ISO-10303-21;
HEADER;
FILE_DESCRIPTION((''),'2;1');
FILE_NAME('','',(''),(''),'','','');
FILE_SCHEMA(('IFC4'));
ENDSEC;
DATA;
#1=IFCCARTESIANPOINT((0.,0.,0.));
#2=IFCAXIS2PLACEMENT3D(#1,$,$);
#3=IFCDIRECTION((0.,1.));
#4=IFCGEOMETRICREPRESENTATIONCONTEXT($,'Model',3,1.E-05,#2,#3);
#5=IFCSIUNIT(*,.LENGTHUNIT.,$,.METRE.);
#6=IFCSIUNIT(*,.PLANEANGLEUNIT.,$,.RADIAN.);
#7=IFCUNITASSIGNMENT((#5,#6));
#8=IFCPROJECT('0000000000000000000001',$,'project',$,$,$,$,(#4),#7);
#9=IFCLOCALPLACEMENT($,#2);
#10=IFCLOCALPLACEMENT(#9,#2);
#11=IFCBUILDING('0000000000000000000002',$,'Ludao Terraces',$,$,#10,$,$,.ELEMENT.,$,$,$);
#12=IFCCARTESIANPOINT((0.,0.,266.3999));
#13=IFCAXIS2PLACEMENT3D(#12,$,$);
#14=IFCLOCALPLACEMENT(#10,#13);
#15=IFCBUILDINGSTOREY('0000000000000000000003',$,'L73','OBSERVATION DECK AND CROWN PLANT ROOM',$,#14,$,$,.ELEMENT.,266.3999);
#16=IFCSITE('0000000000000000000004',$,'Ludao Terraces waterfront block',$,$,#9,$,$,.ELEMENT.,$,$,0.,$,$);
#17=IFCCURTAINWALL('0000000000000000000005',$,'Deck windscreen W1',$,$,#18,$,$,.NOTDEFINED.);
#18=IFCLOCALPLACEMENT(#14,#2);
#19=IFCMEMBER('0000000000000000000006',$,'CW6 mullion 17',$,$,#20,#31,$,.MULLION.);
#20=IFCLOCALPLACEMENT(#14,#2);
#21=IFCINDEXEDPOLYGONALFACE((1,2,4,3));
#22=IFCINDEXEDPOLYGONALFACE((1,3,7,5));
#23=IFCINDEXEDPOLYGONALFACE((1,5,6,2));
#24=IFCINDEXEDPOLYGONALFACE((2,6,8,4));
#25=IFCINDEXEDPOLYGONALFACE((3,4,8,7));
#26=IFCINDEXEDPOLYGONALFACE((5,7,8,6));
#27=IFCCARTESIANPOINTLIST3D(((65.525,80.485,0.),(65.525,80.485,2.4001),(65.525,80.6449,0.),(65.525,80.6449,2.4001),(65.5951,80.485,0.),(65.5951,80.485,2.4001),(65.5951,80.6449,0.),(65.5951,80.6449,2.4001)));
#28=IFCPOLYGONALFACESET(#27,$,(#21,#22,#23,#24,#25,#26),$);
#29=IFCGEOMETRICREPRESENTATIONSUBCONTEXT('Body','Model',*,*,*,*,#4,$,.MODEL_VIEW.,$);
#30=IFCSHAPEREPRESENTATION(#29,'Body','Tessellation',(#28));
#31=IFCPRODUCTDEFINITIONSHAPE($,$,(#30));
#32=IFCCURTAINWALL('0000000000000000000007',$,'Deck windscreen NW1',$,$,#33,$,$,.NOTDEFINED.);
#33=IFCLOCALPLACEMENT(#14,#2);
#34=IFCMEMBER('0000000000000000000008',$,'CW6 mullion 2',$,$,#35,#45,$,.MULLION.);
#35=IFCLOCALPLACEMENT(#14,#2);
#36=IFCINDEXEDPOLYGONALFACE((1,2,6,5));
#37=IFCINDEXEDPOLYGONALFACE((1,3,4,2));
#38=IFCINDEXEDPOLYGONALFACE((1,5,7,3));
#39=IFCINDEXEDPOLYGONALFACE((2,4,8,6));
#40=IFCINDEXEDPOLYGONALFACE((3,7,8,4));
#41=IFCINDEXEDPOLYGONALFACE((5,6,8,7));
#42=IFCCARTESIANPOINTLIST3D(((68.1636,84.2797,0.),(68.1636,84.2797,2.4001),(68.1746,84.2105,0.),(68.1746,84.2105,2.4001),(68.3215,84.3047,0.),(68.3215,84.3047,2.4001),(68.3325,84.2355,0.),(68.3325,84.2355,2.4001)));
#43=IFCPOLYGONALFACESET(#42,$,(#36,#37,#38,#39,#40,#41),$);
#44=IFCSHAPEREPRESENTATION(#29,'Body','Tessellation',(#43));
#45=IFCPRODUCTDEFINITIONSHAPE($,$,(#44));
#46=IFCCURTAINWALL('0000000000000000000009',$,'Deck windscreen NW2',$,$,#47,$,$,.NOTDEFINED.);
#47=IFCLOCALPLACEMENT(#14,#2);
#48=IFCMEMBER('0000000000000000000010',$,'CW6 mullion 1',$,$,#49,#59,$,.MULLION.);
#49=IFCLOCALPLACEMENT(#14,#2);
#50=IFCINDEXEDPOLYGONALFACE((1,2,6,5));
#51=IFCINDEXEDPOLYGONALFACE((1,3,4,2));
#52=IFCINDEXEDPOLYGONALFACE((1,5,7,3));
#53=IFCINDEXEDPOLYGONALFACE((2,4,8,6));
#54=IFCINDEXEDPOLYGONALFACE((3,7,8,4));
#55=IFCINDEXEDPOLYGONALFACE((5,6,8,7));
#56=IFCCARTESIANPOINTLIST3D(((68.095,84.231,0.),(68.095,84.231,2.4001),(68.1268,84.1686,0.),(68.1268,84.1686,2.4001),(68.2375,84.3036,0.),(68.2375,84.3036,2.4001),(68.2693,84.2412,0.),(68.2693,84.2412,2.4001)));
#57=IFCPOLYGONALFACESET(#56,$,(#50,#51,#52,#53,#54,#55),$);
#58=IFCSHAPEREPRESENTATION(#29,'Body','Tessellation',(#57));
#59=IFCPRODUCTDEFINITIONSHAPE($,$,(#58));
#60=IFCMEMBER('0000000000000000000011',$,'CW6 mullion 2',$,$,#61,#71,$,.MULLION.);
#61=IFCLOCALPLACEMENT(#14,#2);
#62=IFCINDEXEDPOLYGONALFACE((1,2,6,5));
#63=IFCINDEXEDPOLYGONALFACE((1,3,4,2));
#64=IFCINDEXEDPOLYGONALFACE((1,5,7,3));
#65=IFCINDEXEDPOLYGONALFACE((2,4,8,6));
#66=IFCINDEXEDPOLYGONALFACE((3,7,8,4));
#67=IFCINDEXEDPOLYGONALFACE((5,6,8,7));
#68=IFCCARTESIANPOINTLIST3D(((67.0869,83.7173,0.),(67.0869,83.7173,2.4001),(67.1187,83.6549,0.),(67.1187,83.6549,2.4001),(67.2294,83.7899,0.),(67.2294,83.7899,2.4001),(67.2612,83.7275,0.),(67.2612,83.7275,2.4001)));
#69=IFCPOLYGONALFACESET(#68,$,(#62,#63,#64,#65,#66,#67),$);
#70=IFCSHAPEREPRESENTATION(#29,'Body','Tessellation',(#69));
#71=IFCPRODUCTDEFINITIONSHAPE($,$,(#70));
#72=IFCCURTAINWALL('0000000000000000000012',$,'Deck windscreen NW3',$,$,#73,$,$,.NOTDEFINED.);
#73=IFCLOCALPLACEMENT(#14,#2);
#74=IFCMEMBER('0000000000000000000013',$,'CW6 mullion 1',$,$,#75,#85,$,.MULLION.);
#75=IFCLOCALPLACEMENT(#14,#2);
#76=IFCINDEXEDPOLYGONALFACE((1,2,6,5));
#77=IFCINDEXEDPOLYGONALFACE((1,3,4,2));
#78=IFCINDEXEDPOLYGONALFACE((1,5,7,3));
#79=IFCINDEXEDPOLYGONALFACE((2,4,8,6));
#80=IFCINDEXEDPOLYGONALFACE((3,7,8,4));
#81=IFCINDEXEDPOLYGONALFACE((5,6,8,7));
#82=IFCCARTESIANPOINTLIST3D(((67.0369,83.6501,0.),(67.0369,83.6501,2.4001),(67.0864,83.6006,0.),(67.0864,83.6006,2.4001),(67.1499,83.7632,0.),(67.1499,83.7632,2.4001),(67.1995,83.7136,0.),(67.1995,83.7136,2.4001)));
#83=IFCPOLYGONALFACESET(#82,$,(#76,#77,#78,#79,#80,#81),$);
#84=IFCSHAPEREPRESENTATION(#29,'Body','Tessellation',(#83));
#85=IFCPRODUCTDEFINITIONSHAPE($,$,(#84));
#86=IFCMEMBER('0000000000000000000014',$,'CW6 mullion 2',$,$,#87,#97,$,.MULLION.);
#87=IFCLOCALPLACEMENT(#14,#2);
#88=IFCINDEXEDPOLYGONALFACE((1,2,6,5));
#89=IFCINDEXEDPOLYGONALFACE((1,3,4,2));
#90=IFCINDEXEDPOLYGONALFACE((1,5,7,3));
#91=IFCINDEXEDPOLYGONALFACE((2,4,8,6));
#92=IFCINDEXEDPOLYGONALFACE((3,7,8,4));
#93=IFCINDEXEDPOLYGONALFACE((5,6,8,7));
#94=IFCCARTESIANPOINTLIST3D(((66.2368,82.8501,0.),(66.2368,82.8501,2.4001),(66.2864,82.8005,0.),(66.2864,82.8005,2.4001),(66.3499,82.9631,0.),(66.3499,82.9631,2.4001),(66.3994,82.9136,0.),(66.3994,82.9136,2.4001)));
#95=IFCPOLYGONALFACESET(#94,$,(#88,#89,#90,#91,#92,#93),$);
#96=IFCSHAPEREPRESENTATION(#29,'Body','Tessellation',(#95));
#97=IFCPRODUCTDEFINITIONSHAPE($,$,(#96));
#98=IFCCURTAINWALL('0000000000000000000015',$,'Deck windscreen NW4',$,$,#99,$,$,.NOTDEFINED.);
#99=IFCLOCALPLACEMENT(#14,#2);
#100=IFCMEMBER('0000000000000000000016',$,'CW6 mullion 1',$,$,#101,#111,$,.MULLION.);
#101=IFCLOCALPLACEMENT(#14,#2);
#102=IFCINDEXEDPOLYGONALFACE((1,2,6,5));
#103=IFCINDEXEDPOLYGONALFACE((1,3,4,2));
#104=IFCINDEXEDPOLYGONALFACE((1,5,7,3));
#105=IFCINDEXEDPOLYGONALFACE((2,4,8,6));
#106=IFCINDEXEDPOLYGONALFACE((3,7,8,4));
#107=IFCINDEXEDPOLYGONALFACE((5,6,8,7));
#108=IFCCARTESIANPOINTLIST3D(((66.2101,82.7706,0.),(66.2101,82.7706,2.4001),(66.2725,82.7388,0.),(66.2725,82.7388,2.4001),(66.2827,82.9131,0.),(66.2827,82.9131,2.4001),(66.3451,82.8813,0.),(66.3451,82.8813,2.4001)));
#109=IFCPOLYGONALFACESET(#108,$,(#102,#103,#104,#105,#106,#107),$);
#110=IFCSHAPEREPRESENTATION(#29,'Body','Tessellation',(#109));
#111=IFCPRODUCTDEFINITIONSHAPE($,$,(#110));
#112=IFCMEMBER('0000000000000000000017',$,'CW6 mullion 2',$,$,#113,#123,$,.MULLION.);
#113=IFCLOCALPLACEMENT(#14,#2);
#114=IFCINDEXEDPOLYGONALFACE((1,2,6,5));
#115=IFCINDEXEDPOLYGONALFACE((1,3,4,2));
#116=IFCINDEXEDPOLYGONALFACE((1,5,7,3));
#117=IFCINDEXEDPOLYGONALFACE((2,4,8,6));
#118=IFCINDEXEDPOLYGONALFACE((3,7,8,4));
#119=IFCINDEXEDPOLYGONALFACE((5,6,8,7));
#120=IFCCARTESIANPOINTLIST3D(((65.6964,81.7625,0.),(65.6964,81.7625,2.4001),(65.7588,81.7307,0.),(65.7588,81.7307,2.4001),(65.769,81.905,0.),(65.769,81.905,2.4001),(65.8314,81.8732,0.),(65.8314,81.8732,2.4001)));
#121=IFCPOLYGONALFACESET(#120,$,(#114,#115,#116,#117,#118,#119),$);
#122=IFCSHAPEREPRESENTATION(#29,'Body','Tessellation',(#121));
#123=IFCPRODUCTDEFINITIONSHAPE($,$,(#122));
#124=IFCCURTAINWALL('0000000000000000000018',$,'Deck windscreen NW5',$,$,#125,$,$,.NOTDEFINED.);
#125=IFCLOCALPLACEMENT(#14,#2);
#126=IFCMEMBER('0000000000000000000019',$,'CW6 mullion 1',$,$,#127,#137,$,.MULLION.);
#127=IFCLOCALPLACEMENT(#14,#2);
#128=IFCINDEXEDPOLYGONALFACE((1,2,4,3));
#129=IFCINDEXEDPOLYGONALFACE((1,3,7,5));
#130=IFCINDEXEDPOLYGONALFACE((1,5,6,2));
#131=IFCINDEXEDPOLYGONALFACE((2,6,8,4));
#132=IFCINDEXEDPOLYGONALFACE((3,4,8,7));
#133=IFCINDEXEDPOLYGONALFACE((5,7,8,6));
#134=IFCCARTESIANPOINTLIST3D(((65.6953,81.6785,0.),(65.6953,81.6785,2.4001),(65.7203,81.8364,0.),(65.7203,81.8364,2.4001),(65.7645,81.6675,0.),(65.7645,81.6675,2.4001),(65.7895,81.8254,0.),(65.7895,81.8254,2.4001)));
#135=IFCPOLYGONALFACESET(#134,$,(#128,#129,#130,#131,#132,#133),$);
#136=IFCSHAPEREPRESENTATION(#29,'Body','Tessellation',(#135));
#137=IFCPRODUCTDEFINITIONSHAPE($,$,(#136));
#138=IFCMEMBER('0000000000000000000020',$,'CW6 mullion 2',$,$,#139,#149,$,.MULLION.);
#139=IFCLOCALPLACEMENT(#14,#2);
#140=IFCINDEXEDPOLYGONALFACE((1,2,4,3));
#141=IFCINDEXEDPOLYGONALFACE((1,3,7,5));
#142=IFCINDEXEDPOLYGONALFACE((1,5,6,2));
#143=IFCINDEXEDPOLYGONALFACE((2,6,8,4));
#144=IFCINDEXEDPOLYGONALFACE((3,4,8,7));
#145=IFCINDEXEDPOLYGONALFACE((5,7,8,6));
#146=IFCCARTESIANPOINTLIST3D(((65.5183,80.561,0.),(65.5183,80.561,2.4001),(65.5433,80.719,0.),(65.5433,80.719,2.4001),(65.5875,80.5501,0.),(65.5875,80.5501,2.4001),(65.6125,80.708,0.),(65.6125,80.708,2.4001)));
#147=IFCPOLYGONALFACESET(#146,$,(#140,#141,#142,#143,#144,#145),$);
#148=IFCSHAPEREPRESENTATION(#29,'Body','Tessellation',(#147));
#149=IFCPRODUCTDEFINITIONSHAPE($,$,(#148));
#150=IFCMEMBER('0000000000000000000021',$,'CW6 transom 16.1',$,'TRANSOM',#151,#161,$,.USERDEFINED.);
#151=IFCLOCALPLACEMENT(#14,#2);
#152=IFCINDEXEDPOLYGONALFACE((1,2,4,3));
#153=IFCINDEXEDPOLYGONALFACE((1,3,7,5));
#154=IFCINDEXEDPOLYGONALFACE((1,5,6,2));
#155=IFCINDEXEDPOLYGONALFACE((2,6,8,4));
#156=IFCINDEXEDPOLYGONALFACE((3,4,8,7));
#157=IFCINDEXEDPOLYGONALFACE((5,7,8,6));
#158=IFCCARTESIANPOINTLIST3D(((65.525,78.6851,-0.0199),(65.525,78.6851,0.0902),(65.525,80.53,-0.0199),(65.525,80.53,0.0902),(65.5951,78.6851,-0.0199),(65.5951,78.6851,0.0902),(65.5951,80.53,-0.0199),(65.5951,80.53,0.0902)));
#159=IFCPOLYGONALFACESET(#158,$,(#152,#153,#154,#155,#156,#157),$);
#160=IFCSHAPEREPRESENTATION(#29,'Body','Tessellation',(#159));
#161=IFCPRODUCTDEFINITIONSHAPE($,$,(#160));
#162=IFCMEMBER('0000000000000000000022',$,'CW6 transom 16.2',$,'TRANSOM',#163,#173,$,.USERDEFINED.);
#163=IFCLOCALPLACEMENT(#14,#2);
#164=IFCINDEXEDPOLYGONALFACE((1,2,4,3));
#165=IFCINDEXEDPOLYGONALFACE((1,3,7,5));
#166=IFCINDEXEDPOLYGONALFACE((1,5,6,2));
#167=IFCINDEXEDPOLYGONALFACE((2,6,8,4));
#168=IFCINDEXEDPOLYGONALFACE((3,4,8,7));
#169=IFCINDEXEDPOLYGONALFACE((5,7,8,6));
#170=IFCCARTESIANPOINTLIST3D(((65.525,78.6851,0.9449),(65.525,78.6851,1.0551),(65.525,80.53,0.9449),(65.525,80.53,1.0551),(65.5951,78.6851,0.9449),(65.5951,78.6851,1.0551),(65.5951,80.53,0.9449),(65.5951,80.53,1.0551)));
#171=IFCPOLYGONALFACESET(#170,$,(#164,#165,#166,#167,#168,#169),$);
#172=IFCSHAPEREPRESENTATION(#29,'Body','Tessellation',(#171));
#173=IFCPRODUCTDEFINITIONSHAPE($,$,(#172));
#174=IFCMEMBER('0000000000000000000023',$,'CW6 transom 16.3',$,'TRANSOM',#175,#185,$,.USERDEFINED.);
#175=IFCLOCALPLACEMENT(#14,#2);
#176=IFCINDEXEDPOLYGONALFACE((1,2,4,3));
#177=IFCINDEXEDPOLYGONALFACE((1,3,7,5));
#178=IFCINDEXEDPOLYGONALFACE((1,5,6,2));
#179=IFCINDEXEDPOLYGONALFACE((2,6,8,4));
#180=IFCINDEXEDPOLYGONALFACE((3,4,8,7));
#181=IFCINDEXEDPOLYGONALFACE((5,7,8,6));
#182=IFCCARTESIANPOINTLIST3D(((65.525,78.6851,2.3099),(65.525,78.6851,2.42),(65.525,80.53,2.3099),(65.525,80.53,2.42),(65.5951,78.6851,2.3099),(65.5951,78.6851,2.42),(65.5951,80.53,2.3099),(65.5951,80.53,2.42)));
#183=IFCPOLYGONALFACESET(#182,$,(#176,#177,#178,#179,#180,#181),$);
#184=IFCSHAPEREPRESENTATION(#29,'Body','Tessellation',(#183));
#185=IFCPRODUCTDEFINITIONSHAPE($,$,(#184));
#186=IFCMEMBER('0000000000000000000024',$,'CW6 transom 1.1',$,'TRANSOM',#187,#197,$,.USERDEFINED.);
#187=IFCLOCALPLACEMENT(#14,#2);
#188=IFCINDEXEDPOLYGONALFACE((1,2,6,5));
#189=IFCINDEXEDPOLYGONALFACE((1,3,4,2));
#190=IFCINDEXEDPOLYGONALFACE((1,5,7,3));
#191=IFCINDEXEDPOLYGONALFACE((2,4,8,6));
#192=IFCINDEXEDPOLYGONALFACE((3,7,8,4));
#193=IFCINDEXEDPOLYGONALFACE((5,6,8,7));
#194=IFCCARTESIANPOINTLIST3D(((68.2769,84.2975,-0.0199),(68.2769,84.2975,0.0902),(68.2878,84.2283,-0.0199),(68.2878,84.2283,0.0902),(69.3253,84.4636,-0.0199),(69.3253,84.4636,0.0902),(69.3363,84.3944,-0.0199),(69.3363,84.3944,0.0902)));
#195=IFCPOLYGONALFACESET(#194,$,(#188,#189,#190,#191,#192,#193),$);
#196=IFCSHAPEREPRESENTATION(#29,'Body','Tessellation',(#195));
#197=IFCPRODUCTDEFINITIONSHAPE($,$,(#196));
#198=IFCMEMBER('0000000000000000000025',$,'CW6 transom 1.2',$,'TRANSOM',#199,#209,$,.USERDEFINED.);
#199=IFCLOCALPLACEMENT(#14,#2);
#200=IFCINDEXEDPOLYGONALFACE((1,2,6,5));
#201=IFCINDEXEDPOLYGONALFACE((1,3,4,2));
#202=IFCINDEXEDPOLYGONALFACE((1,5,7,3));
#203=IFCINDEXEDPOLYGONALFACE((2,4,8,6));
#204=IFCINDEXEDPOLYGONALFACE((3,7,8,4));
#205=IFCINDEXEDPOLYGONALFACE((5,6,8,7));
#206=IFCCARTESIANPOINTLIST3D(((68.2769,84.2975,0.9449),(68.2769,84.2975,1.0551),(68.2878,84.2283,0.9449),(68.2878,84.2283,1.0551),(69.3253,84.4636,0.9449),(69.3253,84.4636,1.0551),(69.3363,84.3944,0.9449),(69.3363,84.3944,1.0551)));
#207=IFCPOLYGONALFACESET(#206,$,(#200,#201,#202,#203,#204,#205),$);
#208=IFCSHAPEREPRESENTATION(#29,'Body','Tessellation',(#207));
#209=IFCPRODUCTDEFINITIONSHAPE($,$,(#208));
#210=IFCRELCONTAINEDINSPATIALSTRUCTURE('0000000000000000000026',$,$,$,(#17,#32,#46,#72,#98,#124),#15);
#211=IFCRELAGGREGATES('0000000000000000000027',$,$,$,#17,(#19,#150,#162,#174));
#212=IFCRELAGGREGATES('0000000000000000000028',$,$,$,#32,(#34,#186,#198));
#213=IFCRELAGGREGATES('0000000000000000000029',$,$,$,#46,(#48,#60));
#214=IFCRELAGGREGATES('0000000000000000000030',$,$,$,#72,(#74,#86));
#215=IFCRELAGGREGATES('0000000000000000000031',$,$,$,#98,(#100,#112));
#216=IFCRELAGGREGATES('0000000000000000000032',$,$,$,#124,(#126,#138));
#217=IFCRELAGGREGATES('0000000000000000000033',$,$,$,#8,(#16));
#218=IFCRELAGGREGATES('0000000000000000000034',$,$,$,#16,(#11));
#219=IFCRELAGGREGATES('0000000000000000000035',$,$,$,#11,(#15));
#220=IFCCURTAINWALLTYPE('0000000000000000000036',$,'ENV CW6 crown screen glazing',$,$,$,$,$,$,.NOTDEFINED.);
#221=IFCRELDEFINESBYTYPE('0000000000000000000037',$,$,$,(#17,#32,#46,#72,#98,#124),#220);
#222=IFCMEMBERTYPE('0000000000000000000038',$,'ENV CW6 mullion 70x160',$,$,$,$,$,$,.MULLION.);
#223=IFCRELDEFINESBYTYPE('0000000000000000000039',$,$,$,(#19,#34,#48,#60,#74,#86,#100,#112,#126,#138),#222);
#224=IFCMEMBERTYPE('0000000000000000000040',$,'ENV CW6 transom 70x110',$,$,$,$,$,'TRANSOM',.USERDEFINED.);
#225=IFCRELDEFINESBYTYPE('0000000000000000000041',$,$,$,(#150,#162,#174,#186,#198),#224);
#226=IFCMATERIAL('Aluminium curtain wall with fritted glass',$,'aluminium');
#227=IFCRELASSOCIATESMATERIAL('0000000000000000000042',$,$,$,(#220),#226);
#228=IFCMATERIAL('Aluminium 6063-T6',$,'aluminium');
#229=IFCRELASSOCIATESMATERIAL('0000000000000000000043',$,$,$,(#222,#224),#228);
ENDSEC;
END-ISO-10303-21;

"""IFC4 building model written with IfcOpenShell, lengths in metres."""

from ifc_helpers import new_model, si_unit, direction, frame, origin, origin_2d, place, context, subcontext, project, spatial, rectangle, extrude, material, material_profile, profile_set, type_object, element, aggregate, save


model = new_model("IFC4")

# Units and contexts
model_context = context("Model", 3, precision=1e-05, world=origin(), true_north=direction((0.0, 1.0)))
body_context = subcontext(model_context, "Body", "Model", "MODEL_VIEW")
ifc_project = project(units=[si_unit("LENGTHUNIT", "METRE"), si_unit("PLANEANGLEUNIT", "RADIAN")], contexts=[model_context])

# Site, building, storey
site_placement = place(None, origin())
site = spatial("IfcSite", under=ifc_project, at=site_placement, Name="Ludao Terraces waterfront block", CompositionType="ELEMENT", RefElevation=0.0)
building_placement = place(site_placement, origin())
building = spatial("IfcBuilding", under=site, at=building_placement, Name="Ludao Terraces", CompositionType="ELEMENT")
storey_placement = place(building_placement, frame((0.0, 0.0, 266.3999)))
storey = spatial("IfcBuildingStorey", under=building, at=storey_placement, Name="L73", Description="OBSERVATION DECK AND CROWN PLANT ROOM", CompositionType="ELEMENT", Elevation=266.3999)

# Curtain walls, members
ifc_material_1 = material(Name="Aluminium curtain wall with fritted glass", Category="aluminium")
curtain_wall_type = type_object("IfcCurtainWallType", Name="ENV CW6 crown screen glazing", PredefinedType="NOTDEFINED", material=ifc_material_1)
curtain_wall_1_placement = place(storey_placement, origin())
curtain_wall_1 = element("IfcCurtainWall", 1, at=curtain_wall_1_placement, inside=storey, type_object=curtain_wall_type, Name="Deck windscreen W1", PredefinedType="NOTDEFINED")
ifc_material_2 = material(Name="Aluminium 6063-T6", Category="aluminium")
ifc_material_profile_1 = material_profile(ifc_material_2, rectangle(XDim=0.0701, YDim=0.1599, at=origin_2d()), Name="70 X 160")
ifc_profile_set_1 = profile_set([ifc_material_profile_1], Name="Aluminium 6063-T6")
member_type_1 = type_object("IfcMemberType", Name="ENV CW6 mullion 70x160", PredefinedType="MULLION", material=ifc_profile_set_1)
member_1_placement = place(storey_placement, frame((65.5601, 80.5649, 0.0), z_axis=(0.0, 0.0, 1.0), x_axis=(-1.0, 0.0, 0.0)))
member_1 = element("IfcMember", 2, at=member_1_placement, type_object=member_type_1, Name="CW6 mullion 17", PredefinedType="MULLION", context=body_context, shape_type="SweptSolid", body=[
    extrude(rectangle(XDim=0.0701, YDim=0.1599, at=origin_2d()), origin(), (0.0, 0.0, 1.0), 2.4001),
])
curtain_wall_2_placement = place(storey_placement, origin())
curtain_wall_2 = element("IfcCurtainWall", 3, at=curtain_wall_2_placement, inside=storey, type_object=curtain_wall_type, Name="Deck windscreen NW1", PredefinedType="NOTDEFINED")
member_2_placement = place(storey_placement, frame((68.248, 84.2576, 0.0), z_axis=(0.0, 0.0, 1.0), x_axis=(0.156435, -0.987688, 0.0)))
member_2 = element("IfcMember", 4, at=member_2_placement, type_object=member_type_1, Name="CW6 mullion 2", PredefinedType="MULLION", context=body_context, shape_type="SweptSolid", body=[
    extrude(rectangle(XDim=0.0701, YDim=0.1599, at=origin_2d()), origin(), (0.0, 0.0, 1.0), 2.4001),
])

# Curtain walls, members
curtain_wall_3_placement = place(storey_placement, origin())
curtain_wall_3 = element("IfcCurtainWall", 5, at=curtain_wall_3_placement, inside=storey, type_object=curtain_wall_type, Name="Deck windscreen NW2", PredefinedType="NOTDEFINED")
member_3_placement = place(storey_placement, frame((68.1821, 84.2361, 0.0), z_axis=(0.0, 0.0, 1.0), x_axis=(0.453991, -0.891006, 0.0)))
member_3 = element("IfcMember", 6, at=member_3_placement, type_object=member_type_1, Name="CW6 mullion 1", PredefinedType="MULLION", context=body_context, shape_type="SweptSolid", body=[
    extrude(rectangle(XDim=0.0701, YDim=0.1599, at=origin_2d()), origin(), (0.0, 0.0, 1.0), 2.4001),
])
member_4_placement = place(storey_placement, frame((67.1741, 83.7224, 0.0), z_axis=(0.0, 0.0, 1.0), x_axis=(0.453991, -0.891006, 0.0)))
member_4 = element("IfcMember", 7, at=member_4_placement, type_object=member_type_1, Name="CW6 mullion 2", PredefinedType="MULLION", context=body_context, shape_type="SweptSolid", body=[
    extrude(rectangle(XDim=0.0701, YDim=0.1599, at=origin_2d()), origin(), (0.0, 0.0, 1.0), 2.4001),
])
curtain_wall_4_placement = place(storey_placement, origin())
curtain_wall_4 = element("IfcCurtainWall", 8, at=curtain_wall_4_placement, inside=storey, type_object=curtain_wall_type, Name="Deck windscreen NW3", PredefinedType="NOTDEFINED")
member_5_placement = place(storey_placement, frame((67.1182, 83.6819, 0.0), z_axis=(0.0, 0.0, 1.0), x_axis=(0.707107, -0.707107, 0.0)))
member_5 = element("IfcMember", 9, at=member_5_placement, type_object=member_type_1, Name="CW6 mullion 1", PredefinedType="MULLION", context=body_context, shape_type="SweptSolid", body=[
    extrude(rectangle(XDim=0.0701, YDim=0.1599, at=origin_2d()), origin(), (0.0, 0.0, 1.0), 2.4001),
])
member_6_placement = place(storey_placement, frame((66.3181, 82.8818, 0.0), z_axis=(0.0, 0.0, 1.0), x_axis=(0.707107, -0.707107, 0.0)))
member_6 = element("IfcMember", 10, at=member_6_placement, type_object=member_type_1, Name="CW6 mullion 2", PredefinedType="MULLION", context=body_context, shape_type="SweptSolid", body=[
    extrude(rectangle(XDim=0.0701, YDim=0.1599, at=origin_2d()), origin(), (0.0, 0.0, 1.0), 2.4001),
])
curtain_wall_5_placement = place(storey_placement, origin())
curtain_wall_5 = element("IfcCurtainWall", 11, at=curtain_wall_5_placement, inside=storey, type_object=curtain_wall_type, Name="Deck windscreen NW4", PredefinedType="NOTDEFINED")
member_7_placement = place(storey_placement, frame((66.2776, 82.8259, 0.0), z_axis=(0.0, 0.0, 1.0), x_axis=(0.891006, -0.453991, 0.0)))
member_7 = element("IfcMember", 12, at=member_7_placement, type_object=member_type_1, Name="CW6 mullion 1", PredefinedType="MULLION", context=body_context, shape_type="SweptSolid", body=[
    extrude(rectangle(XDim=0.0701, YDim=0.1599, at=origin_2d()), origin(), (0.0, 0.0, 1.0), 2.4001),
])
member_8_placement = place(storey_placement, frame((65.7639, 81.8179, 0.0), z_axis=(0.0, 0.0, 1.0), x_axis=(0.891006, -0.453991, 0.0)))
member_8 = element("IfcMember", 13, at=member_8_placement, type_object=member_type_1, Name="CW6 mullion 2", PredefinedType="MULLION", context=body_context, shape_type="SweptSolid", body=[
    extrude(rectangle(XDim=0.0701, YDim=0.1599, at=origin_2d()), origin(), (0.0, 0.0, 1.0), 2.4001),
])
curtain_wall_6_placement = place(storey_placement, origin())
curtain_wall_6 = element("IfcCurtainWall", 14, at=curtain_wall_6_placement, inside=storey, type_object=curtain_wall_type, Name="Deck windscreen NW5", PredefinedType="NOTDEFINED")
member_9_placement = place(storey_placement, frame((65.7424, 81.752, 0.0), z_axis=(0.0, 0.0, 1.0), x_axis=(0.987688, -0.156435, 0.0)))
member_9 = element("IfcMember", 15, at=member_9_placement, type_object=member_type_1, Name="CW6 mullion 1", PredefinedType="MULLION", context=body_context, shape_type="SweptSolid", body=[
    extrude(rectangle(XDim=0.0701, YDim=0.1599, at=origin_2d()), origin(), (0.0, 0.0, 1.0), 2.4001),
])
member_10_placement = place(storey_placement, frame((65.5654, 80.6345, 0.0), z_axis=(0.0, 0.0, 1.0), x_axis=(0.987688, -0.156435, 0.0)))
member_10 = element("IfcMember", 16, at=member_10_placement, type_object=member_type_1, Name="CW6 mullion 2", PredefinedType="MULLION", context=body_context, shape_type="SweptSolid", body=[
    extrude(rectangle(XDim=0.0701, YDim=0.1599, at=origin_2d()), origin(), (0.0, 0.0, 1.0), 2.4001),
])

# Members
ifc_material_profile_2 = material_profile(ifc_material_2, rectangle(XDim=0.0701, YDim=0.1101, at=origin_2d()), Name="70 X 110")
ifc_profile_set_2 = profile_set([ifc_material_profile_2], Name="Aluminium 6063-T6")
member_type_2 = type_object("IfcMemberType", Name="ENV CW6 transom 70x110", ElementType="TRANSOM", PredefinedType="USERDEFINED", material=ifc_profile_set_2)
member_11_placement = place(storey_placement, frame((65.5601, 78.6851, 0.0352), z_axis=(0.0, 1.0, 0.0), x_axis=(-1.0, 0.0, 0.0)))
member_11 = element("IfcMember", 17, at=member_11_placement, type_object=member_type_2, Name="CW6 transom 16.1", ObjectType="TRANSOM", PredefinedType="USERDEFINED", context=body_context, shape_type="SweptSolid", body=[
    extrude(rectangle(XDim=0.0701, YDim=0.1101, at=origin_2d()), origin(), (0.0, 0.0, 1.0), 1.845),
])
member_12_placement = place(storey_placement, frame((65.5601, 78.6851, 1.0), z_axis=(0.0, 1.0, 0.0), x_axis=(-1.0, 0.0, 0.0)))
member_12 = element("IfcMember", 18, at=member_12_placement, type_object=member_type_2, Name="CW6 transom 16.2", ObjectType="TRANSOM", PredefinedType="USERDEFINED", context=body_context, shape_type="SweptSolid", body=[
    extrude(rectangle(XDim=0.0701, YDim=0.1101, at=origin_2d()), origin(), (0.0, 0.0, 1.0), 1.845),
])
member_13_placement = place(storey_placement, frame((65.5601, 78.6851, 2.365), z_axis=(0.0, 1.0, 0.0), x_axis=(-1.0, 0.0, 0.0)))
member_13 = element("IfcMember", 19, at=member_13_placement, type_object=member_type_2, Name="CW6 transom 16.3", ObjectType="TRANSOM", PredefinedType="USERDEFINED", context=body_context, shape_type="SweptSolid", body=[
    extrude(rectangle(XDim=0.0701, YDim=0.1101, at=origin_2d()), origin(), (0.0, 0.0, 1.0), 1.845),
])
member_14_placement = place(storey_placement, frame((69.3308, 84.429, 0.0352), z_axis=(-0.987692, -0.156411, 0.0), x_axis=(0.156411, -0.987692, 0.0)))
member_14 = element("IfcMember", 20, at=member_14_placement, type_object=member_type_2, Name="CW6 transom 1.1", ObjectType="TRANSOM", PredefinedType="USERDEFINED", context=body_context, shape_type="SweptSolid", body=[
    extrude(rectangle(XDim=0.0701, YDim=0.1101, at=origin_2d()), origin(), (0.0, 0.0, 1.0), 1.0615),
])
member_15_placement = place(storey_placement, frame((69.3308, 84.429, 1.0), z_axis=(-0.987692, -0.156411, 0.0), x_axis=(0.156411, -0.987692, 0.0)))
member_15 = element("IfcMember", 21, at=member_15_placement, type_object=member_type_2, Name="CW6 transom 1.2", ObjectType="TRANSOM", PredefinedType="USERDEFINED", context=body_context, shape_type="SweptSolid", body=[
    extrude(rectangle(XDim=0.0701, YDim=0.1101, at=origin_2d()), origin(), (0.0, 0.0, 1.0), 1.0615),
])

aggregate(curtain_wall_1, [member_1, member_11, member_12, member_13])
aggregate(curtain_wall_2, [member_2, member_14, member_15])
aggregate(curtain_wall_3, [member_3, member_4])
aggregate(curtain_wall_4, [member_5, member_6])
aggregate(curtain_wall_5, [member_7, member_8])
aggregate(curtain_wall_6, [member_9, member_10])

save(model, "model.ifc")
